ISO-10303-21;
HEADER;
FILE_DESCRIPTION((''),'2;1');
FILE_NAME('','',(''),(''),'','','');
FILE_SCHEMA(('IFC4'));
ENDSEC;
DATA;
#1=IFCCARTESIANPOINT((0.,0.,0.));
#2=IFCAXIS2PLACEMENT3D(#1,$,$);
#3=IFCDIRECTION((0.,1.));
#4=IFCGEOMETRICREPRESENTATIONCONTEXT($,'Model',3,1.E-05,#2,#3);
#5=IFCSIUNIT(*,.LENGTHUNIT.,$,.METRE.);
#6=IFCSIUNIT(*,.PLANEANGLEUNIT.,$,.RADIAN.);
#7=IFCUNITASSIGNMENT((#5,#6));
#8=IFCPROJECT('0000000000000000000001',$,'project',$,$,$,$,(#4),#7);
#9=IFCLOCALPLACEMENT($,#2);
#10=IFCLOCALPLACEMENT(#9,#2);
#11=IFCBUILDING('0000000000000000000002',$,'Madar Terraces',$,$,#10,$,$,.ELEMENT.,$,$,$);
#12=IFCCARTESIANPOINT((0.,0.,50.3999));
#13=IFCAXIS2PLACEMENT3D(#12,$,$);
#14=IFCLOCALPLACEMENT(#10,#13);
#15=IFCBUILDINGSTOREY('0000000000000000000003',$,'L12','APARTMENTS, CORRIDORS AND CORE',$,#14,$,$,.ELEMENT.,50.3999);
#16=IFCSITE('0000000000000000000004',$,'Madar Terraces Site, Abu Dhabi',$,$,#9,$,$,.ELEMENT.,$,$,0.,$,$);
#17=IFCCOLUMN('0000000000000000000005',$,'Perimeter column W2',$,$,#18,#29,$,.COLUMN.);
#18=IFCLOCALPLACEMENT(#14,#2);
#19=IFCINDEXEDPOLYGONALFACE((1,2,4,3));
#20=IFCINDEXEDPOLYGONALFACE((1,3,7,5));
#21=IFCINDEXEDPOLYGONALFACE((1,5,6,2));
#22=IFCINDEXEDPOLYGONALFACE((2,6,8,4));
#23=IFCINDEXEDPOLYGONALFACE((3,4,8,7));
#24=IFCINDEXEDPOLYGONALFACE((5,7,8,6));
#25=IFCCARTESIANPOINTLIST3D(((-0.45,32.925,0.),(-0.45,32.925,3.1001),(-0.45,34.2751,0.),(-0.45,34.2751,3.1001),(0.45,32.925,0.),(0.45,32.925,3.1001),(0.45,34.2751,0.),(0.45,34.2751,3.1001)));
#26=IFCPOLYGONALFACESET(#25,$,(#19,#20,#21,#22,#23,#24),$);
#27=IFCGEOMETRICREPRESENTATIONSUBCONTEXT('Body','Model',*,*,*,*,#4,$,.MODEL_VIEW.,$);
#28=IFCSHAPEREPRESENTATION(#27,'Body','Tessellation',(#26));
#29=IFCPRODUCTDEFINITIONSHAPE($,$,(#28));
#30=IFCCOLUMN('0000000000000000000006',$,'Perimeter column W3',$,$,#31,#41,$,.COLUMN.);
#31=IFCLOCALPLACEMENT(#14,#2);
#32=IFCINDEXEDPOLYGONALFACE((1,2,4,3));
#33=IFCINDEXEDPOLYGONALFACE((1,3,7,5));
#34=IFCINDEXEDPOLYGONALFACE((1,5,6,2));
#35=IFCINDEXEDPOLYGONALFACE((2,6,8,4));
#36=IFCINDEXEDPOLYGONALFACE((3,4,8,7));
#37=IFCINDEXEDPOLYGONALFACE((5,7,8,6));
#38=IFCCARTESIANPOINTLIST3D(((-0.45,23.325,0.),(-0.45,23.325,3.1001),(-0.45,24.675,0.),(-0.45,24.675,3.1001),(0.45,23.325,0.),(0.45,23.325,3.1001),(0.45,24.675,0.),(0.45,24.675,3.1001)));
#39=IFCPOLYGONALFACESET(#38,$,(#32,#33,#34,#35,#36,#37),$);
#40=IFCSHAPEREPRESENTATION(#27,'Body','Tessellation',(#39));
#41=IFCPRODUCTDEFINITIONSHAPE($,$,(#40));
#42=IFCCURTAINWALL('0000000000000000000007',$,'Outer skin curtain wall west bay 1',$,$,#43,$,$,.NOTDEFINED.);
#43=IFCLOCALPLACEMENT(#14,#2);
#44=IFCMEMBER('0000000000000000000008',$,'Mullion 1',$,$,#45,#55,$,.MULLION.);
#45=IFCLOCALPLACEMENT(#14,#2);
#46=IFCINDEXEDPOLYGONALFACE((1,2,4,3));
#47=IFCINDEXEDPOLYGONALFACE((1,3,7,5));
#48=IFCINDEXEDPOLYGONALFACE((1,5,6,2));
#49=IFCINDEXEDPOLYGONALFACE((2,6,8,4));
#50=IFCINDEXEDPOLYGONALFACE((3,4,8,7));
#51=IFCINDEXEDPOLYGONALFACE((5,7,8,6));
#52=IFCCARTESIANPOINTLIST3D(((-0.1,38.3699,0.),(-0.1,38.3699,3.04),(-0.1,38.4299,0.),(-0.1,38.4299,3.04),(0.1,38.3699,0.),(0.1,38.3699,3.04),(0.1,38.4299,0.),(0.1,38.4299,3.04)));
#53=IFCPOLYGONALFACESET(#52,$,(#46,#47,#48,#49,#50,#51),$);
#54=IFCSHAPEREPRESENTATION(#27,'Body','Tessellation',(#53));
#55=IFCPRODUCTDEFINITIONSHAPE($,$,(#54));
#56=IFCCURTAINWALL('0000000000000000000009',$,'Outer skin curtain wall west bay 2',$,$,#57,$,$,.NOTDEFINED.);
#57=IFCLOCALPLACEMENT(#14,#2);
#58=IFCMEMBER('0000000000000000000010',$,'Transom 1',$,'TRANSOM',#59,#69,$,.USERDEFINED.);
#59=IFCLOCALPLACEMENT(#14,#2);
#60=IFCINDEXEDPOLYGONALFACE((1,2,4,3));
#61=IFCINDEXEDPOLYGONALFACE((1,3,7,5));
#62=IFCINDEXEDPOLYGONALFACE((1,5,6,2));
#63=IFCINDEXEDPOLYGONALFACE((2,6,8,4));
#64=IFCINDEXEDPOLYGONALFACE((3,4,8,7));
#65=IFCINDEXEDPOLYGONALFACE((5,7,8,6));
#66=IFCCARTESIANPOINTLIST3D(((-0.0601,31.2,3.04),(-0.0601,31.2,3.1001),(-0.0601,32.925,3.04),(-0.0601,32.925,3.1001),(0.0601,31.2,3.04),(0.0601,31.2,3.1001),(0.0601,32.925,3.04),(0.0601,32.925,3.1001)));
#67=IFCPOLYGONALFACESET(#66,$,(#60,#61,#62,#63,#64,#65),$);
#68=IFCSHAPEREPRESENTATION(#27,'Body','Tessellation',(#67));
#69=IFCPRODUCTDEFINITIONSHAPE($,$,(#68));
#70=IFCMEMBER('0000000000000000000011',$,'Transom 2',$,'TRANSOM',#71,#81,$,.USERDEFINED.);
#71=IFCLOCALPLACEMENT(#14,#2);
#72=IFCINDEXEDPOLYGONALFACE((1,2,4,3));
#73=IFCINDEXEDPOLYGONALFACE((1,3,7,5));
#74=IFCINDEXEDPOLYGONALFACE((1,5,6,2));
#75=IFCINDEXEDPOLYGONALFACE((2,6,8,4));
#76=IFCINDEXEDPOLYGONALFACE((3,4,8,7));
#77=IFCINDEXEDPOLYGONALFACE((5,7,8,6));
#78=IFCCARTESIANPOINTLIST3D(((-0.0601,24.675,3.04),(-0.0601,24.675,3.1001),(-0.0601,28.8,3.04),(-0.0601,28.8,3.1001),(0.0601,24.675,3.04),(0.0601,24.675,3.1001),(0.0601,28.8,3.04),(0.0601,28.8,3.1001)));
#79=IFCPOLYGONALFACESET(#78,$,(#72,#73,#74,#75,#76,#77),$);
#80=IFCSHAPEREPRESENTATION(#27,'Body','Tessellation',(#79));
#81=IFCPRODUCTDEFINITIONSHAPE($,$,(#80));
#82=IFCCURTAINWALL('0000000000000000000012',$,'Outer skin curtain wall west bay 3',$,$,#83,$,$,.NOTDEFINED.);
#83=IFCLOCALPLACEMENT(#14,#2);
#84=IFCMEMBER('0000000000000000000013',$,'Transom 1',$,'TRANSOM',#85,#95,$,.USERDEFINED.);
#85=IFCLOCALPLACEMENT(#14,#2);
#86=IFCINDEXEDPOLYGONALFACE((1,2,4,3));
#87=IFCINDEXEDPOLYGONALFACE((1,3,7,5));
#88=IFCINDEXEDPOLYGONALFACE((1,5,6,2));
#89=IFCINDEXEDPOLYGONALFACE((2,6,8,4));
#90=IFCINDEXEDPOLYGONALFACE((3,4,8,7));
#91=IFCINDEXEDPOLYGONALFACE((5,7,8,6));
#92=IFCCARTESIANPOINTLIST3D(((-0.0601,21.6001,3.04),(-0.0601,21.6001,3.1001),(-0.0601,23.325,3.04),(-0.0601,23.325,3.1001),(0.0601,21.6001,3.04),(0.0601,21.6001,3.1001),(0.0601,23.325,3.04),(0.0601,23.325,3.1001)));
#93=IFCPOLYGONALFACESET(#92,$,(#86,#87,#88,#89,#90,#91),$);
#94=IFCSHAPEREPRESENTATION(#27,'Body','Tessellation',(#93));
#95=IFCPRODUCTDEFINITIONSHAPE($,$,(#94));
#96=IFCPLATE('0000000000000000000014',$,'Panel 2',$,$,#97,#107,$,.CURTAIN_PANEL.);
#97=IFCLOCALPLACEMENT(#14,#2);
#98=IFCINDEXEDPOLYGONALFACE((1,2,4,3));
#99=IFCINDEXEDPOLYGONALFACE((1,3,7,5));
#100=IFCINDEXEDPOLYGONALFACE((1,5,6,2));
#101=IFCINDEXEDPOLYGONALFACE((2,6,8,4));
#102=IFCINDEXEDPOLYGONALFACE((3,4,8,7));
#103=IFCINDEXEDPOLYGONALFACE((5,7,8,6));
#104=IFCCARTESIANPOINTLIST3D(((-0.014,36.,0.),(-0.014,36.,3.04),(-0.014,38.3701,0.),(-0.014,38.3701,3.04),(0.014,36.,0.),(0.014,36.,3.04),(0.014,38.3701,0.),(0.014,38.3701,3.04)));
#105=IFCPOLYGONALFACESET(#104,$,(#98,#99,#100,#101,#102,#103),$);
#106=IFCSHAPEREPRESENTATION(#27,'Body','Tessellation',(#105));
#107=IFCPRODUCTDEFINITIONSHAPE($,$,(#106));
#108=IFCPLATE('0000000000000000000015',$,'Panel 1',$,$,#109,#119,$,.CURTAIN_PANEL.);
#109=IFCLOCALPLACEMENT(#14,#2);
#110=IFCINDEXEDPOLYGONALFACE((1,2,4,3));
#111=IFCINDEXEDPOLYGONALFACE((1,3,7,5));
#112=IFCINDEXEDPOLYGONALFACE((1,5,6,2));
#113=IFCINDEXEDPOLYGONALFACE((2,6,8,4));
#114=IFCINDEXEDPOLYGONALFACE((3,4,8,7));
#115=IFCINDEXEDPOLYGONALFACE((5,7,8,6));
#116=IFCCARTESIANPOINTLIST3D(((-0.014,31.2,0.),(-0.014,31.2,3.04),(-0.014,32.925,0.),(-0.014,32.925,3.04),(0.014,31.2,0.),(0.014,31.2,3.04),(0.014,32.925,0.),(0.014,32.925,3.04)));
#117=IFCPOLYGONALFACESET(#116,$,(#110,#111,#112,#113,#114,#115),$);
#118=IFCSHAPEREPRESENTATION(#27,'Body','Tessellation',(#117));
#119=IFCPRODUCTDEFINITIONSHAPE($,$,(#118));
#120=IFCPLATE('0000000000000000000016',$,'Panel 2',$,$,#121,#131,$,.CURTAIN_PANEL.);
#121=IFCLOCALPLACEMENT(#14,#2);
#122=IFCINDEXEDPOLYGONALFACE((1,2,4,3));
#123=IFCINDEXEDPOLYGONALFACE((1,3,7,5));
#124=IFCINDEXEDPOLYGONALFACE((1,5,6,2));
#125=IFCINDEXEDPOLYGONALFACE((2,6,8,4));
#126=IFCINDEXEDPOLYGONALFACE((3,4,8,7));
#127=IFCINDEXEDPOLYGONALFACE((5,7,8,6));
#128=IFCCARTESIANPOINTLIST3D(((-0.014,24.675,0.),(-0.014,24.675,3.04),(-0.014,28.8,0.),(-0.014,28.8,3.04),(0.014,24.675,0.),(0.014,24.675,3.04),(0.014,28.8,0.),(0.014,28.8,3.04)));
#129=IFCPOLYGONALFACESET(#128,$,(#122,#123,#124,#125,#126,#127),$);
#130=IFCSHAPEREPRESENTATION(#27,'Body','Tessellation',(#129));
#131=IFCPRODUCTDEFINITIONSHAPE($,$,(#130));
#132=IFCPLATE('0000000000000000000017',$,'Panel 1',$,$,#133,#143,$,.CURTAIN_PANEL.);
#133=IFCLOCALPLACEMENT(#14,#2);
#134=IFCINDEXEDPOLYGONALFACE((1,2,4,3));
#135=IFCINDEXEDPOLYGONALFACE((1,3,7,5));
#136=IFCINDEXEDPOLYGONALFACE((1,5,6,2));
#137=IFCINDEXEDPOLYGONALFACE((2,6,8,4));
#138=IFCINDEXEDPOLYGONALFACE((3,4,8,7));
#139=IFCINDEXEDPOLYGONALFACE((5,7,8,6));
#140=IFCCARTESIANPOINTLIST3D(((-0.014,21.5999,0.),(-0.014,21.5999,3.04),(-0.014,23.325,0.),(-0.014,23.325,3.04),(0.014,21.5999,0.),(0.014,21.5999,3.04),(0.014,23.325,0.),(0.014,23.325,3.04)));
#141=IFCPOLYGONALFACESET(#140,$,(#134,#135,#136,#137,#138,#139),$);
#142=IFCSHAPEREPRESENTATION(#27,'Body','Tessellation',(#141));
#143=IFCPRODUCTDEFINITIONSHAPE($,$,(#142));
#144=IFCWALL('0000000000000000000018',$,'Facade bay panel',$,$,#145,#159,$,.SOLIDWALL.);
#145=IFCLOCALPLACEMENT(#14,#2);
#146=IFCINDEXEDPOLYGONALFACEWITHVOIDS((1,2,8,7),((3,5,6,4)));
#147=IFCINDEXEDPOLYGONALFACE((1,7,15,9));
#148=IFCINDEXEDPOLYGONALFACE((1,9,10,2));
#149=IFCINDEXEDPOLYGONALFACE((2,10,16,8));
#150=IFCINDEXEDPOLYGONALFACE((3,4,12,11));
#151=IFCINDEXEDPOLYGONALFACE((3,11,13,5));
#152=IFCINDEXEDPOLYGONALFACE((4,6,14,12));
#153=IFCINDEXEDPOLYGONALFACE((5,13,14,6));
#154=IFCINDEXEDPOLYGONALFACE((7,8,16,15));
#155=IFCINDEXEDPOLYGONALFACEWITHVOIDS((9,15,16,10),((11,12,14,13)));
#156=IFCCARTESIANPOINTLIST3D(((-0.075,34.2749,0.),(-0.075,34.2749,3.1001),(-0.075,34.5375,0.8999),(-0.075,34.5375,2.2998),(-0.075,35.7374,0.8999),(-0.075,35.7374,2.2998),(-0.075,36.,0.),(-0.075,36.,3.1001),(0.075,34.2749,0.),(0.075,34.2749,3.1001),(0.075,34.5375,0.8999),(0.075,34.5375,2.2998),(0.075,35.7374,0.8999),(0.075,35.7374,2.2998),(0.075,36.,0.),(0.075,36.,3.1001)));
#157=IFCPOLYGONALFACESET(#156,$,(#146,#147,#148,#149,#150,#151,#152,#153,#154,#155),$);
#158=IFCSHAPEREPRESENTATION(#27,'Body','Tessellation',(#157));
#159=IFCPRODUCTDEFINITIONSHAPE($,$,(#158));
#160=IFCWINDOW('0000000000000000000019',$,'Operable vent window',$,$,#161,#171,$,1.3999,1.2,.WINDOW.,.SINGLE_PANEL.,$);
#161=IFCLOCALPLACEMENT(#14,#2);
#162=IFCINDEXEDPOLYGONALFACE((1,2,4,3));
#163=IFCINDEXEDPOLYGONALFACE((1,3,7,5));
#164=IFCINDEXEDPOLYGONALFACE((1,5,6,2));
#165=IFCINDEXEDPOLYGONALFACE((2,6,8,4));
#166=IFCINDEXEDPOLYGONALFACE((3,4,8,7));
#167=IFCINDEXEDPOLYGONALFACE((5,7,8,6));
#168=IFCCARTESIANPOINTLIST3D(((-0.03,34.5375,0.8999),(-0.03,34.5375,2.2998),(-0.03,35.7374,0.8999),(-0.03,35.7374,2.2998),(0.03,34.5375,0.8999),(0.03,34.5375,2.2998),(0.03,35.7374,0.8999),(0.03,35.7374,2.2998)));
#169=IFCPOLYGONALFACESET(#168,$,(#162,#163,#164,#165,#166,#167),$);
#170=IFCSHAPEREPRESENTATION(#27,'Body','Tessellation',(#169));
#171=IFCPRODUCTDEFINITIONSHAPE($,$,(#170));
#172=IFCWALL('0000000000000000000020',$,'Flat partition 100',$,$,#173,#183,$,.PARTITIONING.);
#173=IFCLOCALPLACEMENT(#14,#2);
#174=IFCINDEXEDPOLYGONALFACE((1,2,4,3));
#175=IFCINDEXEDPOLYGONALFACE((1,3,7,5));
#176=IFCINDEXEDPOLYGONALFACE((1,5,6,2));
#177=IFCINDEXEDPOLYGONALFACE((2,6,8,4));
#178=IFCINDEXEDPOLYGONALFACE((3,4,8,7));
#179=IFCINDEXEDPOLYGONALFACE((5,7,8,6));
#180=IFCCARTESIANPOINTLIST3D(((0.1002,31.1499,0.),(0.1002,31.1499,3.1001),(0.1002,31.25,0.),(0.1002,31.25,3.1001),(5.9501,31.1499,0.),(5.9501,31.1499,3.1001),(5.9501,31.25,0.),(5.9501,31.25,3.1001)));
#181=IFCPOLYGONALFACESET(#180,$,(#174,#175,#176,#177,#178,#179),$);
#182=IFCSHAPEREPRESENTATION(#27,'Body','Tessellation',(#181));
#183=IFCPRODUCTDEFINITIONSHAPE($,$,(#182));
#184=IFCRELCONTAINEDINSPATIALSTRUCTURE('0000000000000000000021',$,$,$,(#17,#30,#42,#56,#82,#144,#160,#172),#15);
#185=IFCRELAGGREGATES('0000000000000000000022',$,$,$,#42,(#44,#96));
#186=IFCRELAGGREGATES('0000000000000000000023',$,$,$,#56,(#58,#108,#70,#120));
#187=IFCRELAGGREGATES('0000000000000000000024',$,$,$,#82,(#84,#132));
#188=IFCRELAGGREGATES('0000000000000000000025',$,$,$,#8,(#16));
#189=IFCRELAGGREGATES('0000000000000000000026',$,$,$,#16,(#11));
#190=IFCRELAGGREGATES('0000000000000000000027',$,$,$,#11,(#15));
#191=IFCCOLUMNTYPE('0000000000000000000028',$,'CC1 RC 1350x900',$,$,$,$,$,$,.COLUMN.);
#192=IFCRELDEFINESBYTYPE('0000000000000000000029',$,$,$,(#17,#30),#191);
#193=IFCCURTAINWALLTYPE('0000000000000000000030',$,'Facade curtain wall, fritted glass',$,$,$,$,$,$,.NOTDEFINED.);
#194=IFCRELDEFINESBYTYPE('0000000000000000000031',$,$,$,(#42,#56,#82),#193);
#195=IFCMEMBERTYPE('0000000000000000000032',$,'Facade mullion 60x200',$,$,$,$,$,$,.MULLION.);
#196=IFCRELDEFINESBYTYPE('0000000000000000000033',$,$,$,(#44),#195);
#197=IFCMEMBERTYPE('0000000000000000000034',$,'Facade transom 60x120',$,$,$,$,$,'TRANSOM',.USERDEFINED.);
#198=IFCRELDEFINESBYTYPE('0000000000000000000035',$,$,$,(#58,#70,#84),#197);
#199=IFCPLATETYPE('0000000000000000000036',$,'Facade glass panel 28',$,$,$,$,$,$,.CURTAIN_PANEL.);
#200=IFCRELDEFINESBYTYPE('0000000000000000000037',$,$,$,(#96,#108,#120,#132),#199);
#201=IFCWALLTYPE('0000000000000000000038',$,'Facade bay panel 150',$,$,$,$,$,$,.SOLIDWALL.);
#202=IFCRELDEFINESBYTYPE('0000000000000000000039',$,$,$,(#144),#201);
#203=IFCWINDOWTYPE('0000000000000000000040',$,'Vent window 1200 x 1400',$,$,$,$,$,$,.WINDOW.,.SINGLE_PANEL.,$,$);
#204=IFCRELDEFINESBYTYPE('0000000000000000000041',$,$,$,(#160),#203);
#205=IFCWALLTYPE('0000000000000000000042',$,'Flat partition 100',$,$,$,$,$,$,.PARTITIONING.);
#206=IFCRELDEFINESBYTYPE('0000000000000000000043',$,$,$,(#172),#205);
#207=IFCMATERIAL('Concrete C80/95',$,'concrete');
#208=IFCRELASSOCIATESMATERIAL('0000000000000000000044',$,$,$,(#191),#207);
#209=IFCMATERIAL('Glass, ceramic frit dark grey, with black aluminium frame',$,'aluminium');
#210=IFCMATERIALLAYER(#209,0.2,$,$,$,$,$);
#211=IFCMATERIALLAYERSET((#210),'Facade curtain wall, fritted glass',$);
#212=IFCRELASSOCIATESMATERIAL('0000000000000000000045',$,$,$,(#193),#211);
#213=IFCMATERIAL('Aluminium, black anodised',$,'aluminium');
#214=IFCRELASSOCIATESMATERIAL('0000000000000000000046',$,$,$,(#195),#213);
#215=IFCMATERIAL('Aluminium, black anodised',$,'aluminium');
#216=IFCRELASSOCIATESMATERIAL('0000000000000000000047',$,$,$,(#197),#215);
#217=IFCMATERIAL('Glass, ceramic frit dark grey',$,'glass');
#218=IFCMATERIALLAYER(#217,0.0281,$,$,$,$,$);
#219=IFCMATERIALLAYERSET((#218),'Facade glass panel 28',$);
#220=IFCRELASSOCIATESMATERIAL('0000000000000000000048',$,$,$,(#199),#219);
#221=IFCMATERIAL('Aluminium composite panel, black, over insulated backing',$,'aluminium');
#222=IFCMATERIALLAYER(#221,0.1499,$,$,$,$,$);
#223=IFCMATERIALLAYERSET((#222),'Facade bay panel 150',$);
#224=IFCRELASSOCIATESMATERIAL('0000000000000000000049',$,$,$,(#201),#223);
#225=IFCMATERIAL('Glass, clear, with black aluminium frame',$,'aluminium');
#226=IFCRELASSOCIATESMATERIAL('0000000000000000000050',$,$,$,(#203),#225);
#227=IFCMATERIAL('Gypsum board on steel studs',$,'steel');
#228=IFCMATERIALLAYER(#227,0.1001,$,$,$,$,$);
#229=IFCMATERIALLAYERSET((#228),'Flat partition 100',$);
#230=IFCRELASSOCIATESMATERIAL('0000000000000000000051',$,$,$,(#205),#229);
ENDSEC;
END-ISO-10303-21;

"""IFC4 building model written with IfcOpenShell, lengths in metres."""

from ifc_helpers import new_model, si_unit, direction, frame, frame_2d, origin, origin_2d, place, context, subcontext, project, spatial, rectangle, extrude, material, layer, layer_set, material_profile, profile_set, type_object, element, fill, aggregate, save


model = new_model("IFC4")

# Units and contexts
model_context = context("Model", 3, precision=1e-05, world=origin(), true_north=direction((0.0, 1.0)))
body_context = subcontext(model_context, "Body", "Model", "MODEL_VIEW")
ifc_project = project(units=[si_unit("LENGTHUNIT", "METRE"), si_unit("PLANEANGLEUNIT", "RADIAN")], contexts=[model_context])

# Site, building, storey
site_placement = place(None, origin())
site = spatial("IfcSite", under=ifc_project, at=site_placement, Name="Madar Terraces Site, Abu Dhabi", CompositionType="ELEMENT", RefElevation=0.0)
building_placement = place(site_placement, origin())
building = spatial("IfcBuilding", under=site, at=building_placement, Name="Madar Terraces", CompositionType="ELEMENT")
storey_placement = place(building_placement, frame((0.0, 0.0, 50.3999)))
storey = spatial("IfcBuildingStorey", under=building, at=storey_placement, Name="L12", Description="APARTMENTS, CORRIDORS AND CORE", CompositionType="ELEMENT", Elevation=50.3999)

# Columns
ifc_material_1 = material(Name="Concrete C80/95", Category="concrete")
ifc_material_profile_1 = material_profile(ifc_material_1, rectangle(XDim=1.3501, YDim=0.8999, at=origin_2d()), Name="CC1 RC 1350x900")
ifc_profile_set_1 = profile_set([ifc_material_profile_1], Name="Concrete C80/95")
column_type = type_object("IfcColumnType", Name="CC1 RC 1350x900", PredefinedType="COLUMN", material=ifc_profile_set_1)
for number, where, z_axis, x_axis, name in (
    (1, (0.0, 33.6001, 0.0), (0.0, 0.0, 1.0), (0.0, 1.0, 0.0), "Perimeter column W2"),
    (2, (0.0, 24.0, 0.0), (0.0, 0.0, 1.0), (0.0, 1.0, 0.0), "Perimeter column W3"),
):
    element("IfcColumn", number, at=place(storey_placement, frame(where, z_axis=z_axis, x_axis=x_axis)), inside=storey, type_object=column_type, Name=name, PredefinedType="COLUMN", context=body_context, shape_type="SweptSolid", body=[
        extrude(rectangle(XDim=1.3501, YDim=0.8999, at=origin_2d()), origin(), (0.0, 0.0, 1.0), 3.1001),
    ])

# Curtain wall, member
ifc_material_2 = material(Name="Glass, ceramic frit dark grey, with black aluminium frame", Category="aluminium")
ifc_layer_1 = layer(ifc_material_2, 0.2)
ifc_layer_set_1 = layer_set([ifc_layer_1], Name="Facade curtain wall, fritted glass")
curtain_wall_type = type_object("IfcCurtainWallType", Name="Facade curtain wall, fritted glass", PredefinedType="NOTDEFINED", material=ifc_layer_set_1)
curtain_wall_1_placement = place(storey_placement, origin())
curtain_wall_1 = element("IfcCurtainWall", 3, at=curtain_wall_1_placement, inside=storey, type_object=curtain_wall_type, Name="Outer skin curtain wall west bay 1", PredefinedType="NOTDEFINED")
ifc_material_3 = material(Name="Aluminium, black anodised", Category="aluminium")
ifc_material_profile_2 = material_profile(ifc_material_3, rectangle(XDim=0.2, YDim=0.0601, at=origin_2d()), Name="Facade mullion 60x200")
ifc_profile_set_2 = profile_set([ifc_material_profile_2], Name="Aluminium, black anodised")
member_type_1 = type_object("IfcMemberType", Name="Facade mullion 60x200", PredefinedType="MULLION", material=ifc_profile_set_2)
member_1_placement = place(storey_placement, frame((0.0, 38.3999, 0.0), z_axis=(0.0, 0.0, 1.0), x_axis=(1.0, 0.0, 0.0)))
member_1 = element("IfcMember", 4, at=member_1_placement, type_object=member_type_1, Name="Mullion 1", PredefinedType="MULLION", context=body_context, shape_type="SweptSolid", body=[
    extrude(rectangle(XDim=0.2, YDim=0.0601, at=origin_2d()), origin(), (0.0, 0.0, 1.0), 3.04),
])

# Curtain wall, members
curtain_wall_2_placement = place(storey_placement, origin())
curtain_wall_2 = element("IfcCurtainWall", 5, at=curtain_wall_2_placement, inside=storey, type_object=curtain_wall_type, Name="Outer skin curtain wall west bay 2", PredefinedType="NOTDEFINED")
ifc_material_4 = material(Name="Aluminium, black anodised", Category="aluminium")
ifc_material_profile_3 = material_profile(ifc_material_4, rectangle(XDim=0.1201, YDim=0.0601, at=origin_2d()), Name="Facade transom 60x120")
ifc_profile_set_3 = profile_set([ifc_material_profile_3], Name="Aluminium, black anodised")
member_type_2 = type_object("IfcMemberType", Name="Facade transom 60x120", ElementType="TRANSOM", PredefinedType="USERDEFINED", material=ifc_profile_set_3)
member_2_placement = place(storey_placement, frame((0.0, 32.925, 3.0701), z_axis=(0.0, -1.0, 0.0), x_axis=(1.0, 0.0, 0.0)))
member_2 = element("IfcMember", 6, at=member_2_placement, type_object=member_type_2, Name="Transom 1", ObjectType="TRANSOM", PredefinedType="USERDEFINED", context=body_context, shape_type="SweptSolid", body=[
    extrude(rectangle(XDim=0.1201, YDim=0.0601, at=origin_2d()), origin(), (0.0, 0.0, 1.0), 1.7251),
])
member_3_placement = place(storey_placement, frame((0.0, 28.8, 3.0701), z_axis=(0.0, -1.0, 0.0), x_axis=(1.0, 0.0, 0.0)))
member_3 = element("IfcMember", 7, at=member_3_placement, type_object=member_type_2, Name="Transom 2", ObjectType="TRANSOM", PredefinedType="USERDEFINED", context=body_context, shape_type="SweptSolid", body=[
    extrude(rectangle(XDim=0.1201, YDim=0.0601, at=origin_2d()), origin(), (0.0, 0.0, 1.0), 4.125),
])

# Curtain wall, member
curtain_wall_3_placement = place(storey_placement, origin())
curtain_wall_3 = element("IfcCurtainWall", 8, at=curtain_wall_3_placement, inside=storey, type_object=curtain_wall_type, Name="Outer skin curtain wall west bay 3", PredefinedType="NOTDEFINED")
member_4_placement = place(storey_placement, frame((0.0, 23.325, 3.0701), z_axis=(0.0, -1.0, 0.0), x_axis=(1.0, 0.0, 0.0)))
member_4 = element("IfcMember", 9, at=member_4_placement, type_object=member_type_2, Name="Transom 1", ObjectType="TRANSOM", PredefinedType="USERDEFINED", context=body_context, shape_type="SweptSolid", body=[
    extrude(rectangle(XDim=0.1201, YDim=0.0601, at=origin_2d()), origin(), (0.0, 0.0, 1.0), 1.7249),
])

# Plates
ifc_material_5 = material(Name="Glass, ceramic frit dark grey", Category="glass")
ifc_layer_2 = layer(ifc_material_5, 0.0281)
ifc_layer_set_2 = layer_set([ifc_layer_2], Name="Facade glass panel 28")
plate_type = type_object("IfcPlateType", Name="Facade glass panel 28", PredefinedType="CURTAIN_PANEL", material=ifc_layer_set_2)
plate_1_placement = place(storey_placement, frame((0.0, 37.1851, 0.0), z_axis=(0.0, 0.0, 1.0), x_axis=(0.0, -1.0, 0.0)))
plate_1 = element("IfcPlate", 10, at=plate_1_placement, type_object=plate_type, Name="Panel 2", PredefinedType="CURTAIN_PANEL", context=body_context, shape_type="SweptSolid", body=[
    extrude(rectangle(XDim=2.3701, YDim=0.0281, at=origin_2d()), origin(), (0.0, 0.0, 1.0), 3.04),
])
aggregate(curtain_wall_1, [member_1, plate_1])
plate_2_placement = place(storey_placement, frame((0.0, 32.0625, 0.0), z_axis=(0.0, 0.0, 1.0), x_axis=(0.0, -1.0, 0.0)))
plate_2 = element("IfcPlate", 11, at=plate_2_placement, type_object=plate_type, Name="Panel 1", PredefinedType="CURTAIN_PANEL", context=body_context, shape_type="SweptSolid", body=[
    extrude(rectangle(XDim=1.7251, YDim=0.0281, at=origin_2d()), origin(), (0.0, 0.0, 1.0), 3.04),
])
plate_3_placement = place(storey_placement, frame((0.0, 26.7375, 0.0), z_axis=(0.0, 0.0, 1.0), x_axis=(0.0, -1.0, 0.0)))
plate_3 = element("IfcPlate", 12, at=plate_3_placement, type_object=plate_type, Name="Panel 2", PredefinedType="CURTAIN_PANEL", context=body_context, shape_type="SweptSolid", body=[
    extrude(rectangle(XDim=4.125, YDim=0.0281, at=origin_2d()), origin(), (0.0, 0.0, 1.0), 3.04),
])
aggregate(curtain_wall_2, [member_2, plate_2, member_3, plate_3])
plate_4_placement = place(storey_placement, frame((0.0, 22.4624, 0.0), z_axis=(0.0, 0.0, 1.0), x_axis=(0.0, -1.0, 0.0)))
plate_4 = element("IfcPlate", 13, at=plate_4_placement, type_object=plate_type, Name="Panel 1", PredefinedType="CURTAIN_PANEL", context=body_context, shape_type="SweptSolid", body=[
    extrude(rectangle(XDim=1.7251, YDim=0.0281, at=origin_2d()), origin(), (0.0, 0.0, 1.0), 3.04),
])
aggregate(curtain_wall_3, [member_4, plate_4])

# Wall, opening, window
ifc_material_6 = material(Name="Aluminium composite panel, black, over insulated backing", Category="aluminium")
ifc_layer_3 = layer(ifc_material_6, 0.1499)
ifc_layer_set_3 = layer_set([ifc_layer_3], Name="Facade bay panel 150")
wall_type_1 = type_object("IfcWallType", Name="Facade bay panel 150", PredefinedType="SOLIDWALL", material=ifc_layer_set_3)
wall_1_placement = place(storey_placement, frame((0.0, 36.0, 0.0), z_axis=(0.0, 0.0, 1.0), x_axis=(0.0, -1.0, 0.0)))
wall_1 = element("IfcWall", 14, at=wall_1_placement, inside=storey, type_object=wall_type_1, Name="Facade bay panel", PredefinedType="SOLIDWALL", context=body_context, shape_type="SweptSolid", body=[
    extrude(rectangle(XDim=1.7251, YDim=0.1499, at=frame_2d((0.8625, 0.0))), origin(), (0.0, 0.0, 1.0), 3.1001),
])
opening_1_placement = place(wall_1_placement, frame((0.2625, 0.0, 0.8999)))
opening_1 = element("IfcOpeningElement", 15, at=opening_1_placement, cuts=wall_1, PredefinedType="OPENING", context=body_context, shape_type="SweptSolid", body=[
    extrude(rectangle(XDim=1.2, YDim=1.3999, at=frame_2d((0.6001, 0.7))), frame((0.0, 0.085, 0.0), z_axis=(0.0, -1.0, 0.0), x_axis=(1.0, 0.0, 0.0)), (0.0, 0.0, 1.0), 0.1699),
])
ifc_material_7 = material(Name="Glass, clear, with black aluminium frame", Category="aluminium")
window_type = type_object("IfcWindowType", Name="Vent window 1200 x 1400", PartitioningType="SINGLE_PANEL", PredefinedType="WINDOW", material=ifc_material_7)
window_placement = place(opening_1_placement, origin())
window = element("IfcWindow", 16, at=window_placement, inside=storey, type_object=window_type, Name="Operable vent window", OverallHeight=1.3999, OverallWidth=1.2, PartitioningType="SINGLE_PANEL", PredefinedType="WINDOW", context=body_context, shape_type="SweptSolid", body=[
    extrude(rectangle(XDim=1.2, YDim=1.3999, at=frame_2d((0.6001, 0.7))), frame((0.0, 0.03, 0.0), z_axis=(0.0, -1.0, 0.0), x_axis=(1.0, 0.0, 0.0)), (0.0, 0.0, 1.0), 0.0601),
])
fill(opening_1, window)

# Wall
ifc_material_8 = material(Name="Gypsum board on steel studs", Category="steel")
ifc_layer_4 = layer(ifc_material_8, 0.1001)
ifc_layer_set_4 = layer_set([ifc_layer_4], Name="Flat partition 100")
wall_type_2 = type_object("IfcWallType", Name="Flat partition 100", PredefinedType="PARTITIONING", material=ifc_layer_set_4)
for number, where, z_axis, x_axis, name in (
    (17, (5.95, 31.2, 0.0), (0.0, 0.0, 1.0), (-1.0, 0.0, 0.0), "Flat partition 100"),
):
    element("IfcWall", number, at=place(storey_placement, frame(where, z_axis=z_axis, x_axis=x_axis)), inside=storey, type_object=wall_type_2, Name=name, PredefinedType="PARTITIONING", context=body_context, shape_type="SweptSolid", body=[
        extrude(rectangle(XDim=5.8499, YDim=0.1001, at=frame_2d((2.9248, 0.0))), origin(), (0.0, 0.0, 1.0), 3.1001),
    ])

save(model, "model.ifc")
